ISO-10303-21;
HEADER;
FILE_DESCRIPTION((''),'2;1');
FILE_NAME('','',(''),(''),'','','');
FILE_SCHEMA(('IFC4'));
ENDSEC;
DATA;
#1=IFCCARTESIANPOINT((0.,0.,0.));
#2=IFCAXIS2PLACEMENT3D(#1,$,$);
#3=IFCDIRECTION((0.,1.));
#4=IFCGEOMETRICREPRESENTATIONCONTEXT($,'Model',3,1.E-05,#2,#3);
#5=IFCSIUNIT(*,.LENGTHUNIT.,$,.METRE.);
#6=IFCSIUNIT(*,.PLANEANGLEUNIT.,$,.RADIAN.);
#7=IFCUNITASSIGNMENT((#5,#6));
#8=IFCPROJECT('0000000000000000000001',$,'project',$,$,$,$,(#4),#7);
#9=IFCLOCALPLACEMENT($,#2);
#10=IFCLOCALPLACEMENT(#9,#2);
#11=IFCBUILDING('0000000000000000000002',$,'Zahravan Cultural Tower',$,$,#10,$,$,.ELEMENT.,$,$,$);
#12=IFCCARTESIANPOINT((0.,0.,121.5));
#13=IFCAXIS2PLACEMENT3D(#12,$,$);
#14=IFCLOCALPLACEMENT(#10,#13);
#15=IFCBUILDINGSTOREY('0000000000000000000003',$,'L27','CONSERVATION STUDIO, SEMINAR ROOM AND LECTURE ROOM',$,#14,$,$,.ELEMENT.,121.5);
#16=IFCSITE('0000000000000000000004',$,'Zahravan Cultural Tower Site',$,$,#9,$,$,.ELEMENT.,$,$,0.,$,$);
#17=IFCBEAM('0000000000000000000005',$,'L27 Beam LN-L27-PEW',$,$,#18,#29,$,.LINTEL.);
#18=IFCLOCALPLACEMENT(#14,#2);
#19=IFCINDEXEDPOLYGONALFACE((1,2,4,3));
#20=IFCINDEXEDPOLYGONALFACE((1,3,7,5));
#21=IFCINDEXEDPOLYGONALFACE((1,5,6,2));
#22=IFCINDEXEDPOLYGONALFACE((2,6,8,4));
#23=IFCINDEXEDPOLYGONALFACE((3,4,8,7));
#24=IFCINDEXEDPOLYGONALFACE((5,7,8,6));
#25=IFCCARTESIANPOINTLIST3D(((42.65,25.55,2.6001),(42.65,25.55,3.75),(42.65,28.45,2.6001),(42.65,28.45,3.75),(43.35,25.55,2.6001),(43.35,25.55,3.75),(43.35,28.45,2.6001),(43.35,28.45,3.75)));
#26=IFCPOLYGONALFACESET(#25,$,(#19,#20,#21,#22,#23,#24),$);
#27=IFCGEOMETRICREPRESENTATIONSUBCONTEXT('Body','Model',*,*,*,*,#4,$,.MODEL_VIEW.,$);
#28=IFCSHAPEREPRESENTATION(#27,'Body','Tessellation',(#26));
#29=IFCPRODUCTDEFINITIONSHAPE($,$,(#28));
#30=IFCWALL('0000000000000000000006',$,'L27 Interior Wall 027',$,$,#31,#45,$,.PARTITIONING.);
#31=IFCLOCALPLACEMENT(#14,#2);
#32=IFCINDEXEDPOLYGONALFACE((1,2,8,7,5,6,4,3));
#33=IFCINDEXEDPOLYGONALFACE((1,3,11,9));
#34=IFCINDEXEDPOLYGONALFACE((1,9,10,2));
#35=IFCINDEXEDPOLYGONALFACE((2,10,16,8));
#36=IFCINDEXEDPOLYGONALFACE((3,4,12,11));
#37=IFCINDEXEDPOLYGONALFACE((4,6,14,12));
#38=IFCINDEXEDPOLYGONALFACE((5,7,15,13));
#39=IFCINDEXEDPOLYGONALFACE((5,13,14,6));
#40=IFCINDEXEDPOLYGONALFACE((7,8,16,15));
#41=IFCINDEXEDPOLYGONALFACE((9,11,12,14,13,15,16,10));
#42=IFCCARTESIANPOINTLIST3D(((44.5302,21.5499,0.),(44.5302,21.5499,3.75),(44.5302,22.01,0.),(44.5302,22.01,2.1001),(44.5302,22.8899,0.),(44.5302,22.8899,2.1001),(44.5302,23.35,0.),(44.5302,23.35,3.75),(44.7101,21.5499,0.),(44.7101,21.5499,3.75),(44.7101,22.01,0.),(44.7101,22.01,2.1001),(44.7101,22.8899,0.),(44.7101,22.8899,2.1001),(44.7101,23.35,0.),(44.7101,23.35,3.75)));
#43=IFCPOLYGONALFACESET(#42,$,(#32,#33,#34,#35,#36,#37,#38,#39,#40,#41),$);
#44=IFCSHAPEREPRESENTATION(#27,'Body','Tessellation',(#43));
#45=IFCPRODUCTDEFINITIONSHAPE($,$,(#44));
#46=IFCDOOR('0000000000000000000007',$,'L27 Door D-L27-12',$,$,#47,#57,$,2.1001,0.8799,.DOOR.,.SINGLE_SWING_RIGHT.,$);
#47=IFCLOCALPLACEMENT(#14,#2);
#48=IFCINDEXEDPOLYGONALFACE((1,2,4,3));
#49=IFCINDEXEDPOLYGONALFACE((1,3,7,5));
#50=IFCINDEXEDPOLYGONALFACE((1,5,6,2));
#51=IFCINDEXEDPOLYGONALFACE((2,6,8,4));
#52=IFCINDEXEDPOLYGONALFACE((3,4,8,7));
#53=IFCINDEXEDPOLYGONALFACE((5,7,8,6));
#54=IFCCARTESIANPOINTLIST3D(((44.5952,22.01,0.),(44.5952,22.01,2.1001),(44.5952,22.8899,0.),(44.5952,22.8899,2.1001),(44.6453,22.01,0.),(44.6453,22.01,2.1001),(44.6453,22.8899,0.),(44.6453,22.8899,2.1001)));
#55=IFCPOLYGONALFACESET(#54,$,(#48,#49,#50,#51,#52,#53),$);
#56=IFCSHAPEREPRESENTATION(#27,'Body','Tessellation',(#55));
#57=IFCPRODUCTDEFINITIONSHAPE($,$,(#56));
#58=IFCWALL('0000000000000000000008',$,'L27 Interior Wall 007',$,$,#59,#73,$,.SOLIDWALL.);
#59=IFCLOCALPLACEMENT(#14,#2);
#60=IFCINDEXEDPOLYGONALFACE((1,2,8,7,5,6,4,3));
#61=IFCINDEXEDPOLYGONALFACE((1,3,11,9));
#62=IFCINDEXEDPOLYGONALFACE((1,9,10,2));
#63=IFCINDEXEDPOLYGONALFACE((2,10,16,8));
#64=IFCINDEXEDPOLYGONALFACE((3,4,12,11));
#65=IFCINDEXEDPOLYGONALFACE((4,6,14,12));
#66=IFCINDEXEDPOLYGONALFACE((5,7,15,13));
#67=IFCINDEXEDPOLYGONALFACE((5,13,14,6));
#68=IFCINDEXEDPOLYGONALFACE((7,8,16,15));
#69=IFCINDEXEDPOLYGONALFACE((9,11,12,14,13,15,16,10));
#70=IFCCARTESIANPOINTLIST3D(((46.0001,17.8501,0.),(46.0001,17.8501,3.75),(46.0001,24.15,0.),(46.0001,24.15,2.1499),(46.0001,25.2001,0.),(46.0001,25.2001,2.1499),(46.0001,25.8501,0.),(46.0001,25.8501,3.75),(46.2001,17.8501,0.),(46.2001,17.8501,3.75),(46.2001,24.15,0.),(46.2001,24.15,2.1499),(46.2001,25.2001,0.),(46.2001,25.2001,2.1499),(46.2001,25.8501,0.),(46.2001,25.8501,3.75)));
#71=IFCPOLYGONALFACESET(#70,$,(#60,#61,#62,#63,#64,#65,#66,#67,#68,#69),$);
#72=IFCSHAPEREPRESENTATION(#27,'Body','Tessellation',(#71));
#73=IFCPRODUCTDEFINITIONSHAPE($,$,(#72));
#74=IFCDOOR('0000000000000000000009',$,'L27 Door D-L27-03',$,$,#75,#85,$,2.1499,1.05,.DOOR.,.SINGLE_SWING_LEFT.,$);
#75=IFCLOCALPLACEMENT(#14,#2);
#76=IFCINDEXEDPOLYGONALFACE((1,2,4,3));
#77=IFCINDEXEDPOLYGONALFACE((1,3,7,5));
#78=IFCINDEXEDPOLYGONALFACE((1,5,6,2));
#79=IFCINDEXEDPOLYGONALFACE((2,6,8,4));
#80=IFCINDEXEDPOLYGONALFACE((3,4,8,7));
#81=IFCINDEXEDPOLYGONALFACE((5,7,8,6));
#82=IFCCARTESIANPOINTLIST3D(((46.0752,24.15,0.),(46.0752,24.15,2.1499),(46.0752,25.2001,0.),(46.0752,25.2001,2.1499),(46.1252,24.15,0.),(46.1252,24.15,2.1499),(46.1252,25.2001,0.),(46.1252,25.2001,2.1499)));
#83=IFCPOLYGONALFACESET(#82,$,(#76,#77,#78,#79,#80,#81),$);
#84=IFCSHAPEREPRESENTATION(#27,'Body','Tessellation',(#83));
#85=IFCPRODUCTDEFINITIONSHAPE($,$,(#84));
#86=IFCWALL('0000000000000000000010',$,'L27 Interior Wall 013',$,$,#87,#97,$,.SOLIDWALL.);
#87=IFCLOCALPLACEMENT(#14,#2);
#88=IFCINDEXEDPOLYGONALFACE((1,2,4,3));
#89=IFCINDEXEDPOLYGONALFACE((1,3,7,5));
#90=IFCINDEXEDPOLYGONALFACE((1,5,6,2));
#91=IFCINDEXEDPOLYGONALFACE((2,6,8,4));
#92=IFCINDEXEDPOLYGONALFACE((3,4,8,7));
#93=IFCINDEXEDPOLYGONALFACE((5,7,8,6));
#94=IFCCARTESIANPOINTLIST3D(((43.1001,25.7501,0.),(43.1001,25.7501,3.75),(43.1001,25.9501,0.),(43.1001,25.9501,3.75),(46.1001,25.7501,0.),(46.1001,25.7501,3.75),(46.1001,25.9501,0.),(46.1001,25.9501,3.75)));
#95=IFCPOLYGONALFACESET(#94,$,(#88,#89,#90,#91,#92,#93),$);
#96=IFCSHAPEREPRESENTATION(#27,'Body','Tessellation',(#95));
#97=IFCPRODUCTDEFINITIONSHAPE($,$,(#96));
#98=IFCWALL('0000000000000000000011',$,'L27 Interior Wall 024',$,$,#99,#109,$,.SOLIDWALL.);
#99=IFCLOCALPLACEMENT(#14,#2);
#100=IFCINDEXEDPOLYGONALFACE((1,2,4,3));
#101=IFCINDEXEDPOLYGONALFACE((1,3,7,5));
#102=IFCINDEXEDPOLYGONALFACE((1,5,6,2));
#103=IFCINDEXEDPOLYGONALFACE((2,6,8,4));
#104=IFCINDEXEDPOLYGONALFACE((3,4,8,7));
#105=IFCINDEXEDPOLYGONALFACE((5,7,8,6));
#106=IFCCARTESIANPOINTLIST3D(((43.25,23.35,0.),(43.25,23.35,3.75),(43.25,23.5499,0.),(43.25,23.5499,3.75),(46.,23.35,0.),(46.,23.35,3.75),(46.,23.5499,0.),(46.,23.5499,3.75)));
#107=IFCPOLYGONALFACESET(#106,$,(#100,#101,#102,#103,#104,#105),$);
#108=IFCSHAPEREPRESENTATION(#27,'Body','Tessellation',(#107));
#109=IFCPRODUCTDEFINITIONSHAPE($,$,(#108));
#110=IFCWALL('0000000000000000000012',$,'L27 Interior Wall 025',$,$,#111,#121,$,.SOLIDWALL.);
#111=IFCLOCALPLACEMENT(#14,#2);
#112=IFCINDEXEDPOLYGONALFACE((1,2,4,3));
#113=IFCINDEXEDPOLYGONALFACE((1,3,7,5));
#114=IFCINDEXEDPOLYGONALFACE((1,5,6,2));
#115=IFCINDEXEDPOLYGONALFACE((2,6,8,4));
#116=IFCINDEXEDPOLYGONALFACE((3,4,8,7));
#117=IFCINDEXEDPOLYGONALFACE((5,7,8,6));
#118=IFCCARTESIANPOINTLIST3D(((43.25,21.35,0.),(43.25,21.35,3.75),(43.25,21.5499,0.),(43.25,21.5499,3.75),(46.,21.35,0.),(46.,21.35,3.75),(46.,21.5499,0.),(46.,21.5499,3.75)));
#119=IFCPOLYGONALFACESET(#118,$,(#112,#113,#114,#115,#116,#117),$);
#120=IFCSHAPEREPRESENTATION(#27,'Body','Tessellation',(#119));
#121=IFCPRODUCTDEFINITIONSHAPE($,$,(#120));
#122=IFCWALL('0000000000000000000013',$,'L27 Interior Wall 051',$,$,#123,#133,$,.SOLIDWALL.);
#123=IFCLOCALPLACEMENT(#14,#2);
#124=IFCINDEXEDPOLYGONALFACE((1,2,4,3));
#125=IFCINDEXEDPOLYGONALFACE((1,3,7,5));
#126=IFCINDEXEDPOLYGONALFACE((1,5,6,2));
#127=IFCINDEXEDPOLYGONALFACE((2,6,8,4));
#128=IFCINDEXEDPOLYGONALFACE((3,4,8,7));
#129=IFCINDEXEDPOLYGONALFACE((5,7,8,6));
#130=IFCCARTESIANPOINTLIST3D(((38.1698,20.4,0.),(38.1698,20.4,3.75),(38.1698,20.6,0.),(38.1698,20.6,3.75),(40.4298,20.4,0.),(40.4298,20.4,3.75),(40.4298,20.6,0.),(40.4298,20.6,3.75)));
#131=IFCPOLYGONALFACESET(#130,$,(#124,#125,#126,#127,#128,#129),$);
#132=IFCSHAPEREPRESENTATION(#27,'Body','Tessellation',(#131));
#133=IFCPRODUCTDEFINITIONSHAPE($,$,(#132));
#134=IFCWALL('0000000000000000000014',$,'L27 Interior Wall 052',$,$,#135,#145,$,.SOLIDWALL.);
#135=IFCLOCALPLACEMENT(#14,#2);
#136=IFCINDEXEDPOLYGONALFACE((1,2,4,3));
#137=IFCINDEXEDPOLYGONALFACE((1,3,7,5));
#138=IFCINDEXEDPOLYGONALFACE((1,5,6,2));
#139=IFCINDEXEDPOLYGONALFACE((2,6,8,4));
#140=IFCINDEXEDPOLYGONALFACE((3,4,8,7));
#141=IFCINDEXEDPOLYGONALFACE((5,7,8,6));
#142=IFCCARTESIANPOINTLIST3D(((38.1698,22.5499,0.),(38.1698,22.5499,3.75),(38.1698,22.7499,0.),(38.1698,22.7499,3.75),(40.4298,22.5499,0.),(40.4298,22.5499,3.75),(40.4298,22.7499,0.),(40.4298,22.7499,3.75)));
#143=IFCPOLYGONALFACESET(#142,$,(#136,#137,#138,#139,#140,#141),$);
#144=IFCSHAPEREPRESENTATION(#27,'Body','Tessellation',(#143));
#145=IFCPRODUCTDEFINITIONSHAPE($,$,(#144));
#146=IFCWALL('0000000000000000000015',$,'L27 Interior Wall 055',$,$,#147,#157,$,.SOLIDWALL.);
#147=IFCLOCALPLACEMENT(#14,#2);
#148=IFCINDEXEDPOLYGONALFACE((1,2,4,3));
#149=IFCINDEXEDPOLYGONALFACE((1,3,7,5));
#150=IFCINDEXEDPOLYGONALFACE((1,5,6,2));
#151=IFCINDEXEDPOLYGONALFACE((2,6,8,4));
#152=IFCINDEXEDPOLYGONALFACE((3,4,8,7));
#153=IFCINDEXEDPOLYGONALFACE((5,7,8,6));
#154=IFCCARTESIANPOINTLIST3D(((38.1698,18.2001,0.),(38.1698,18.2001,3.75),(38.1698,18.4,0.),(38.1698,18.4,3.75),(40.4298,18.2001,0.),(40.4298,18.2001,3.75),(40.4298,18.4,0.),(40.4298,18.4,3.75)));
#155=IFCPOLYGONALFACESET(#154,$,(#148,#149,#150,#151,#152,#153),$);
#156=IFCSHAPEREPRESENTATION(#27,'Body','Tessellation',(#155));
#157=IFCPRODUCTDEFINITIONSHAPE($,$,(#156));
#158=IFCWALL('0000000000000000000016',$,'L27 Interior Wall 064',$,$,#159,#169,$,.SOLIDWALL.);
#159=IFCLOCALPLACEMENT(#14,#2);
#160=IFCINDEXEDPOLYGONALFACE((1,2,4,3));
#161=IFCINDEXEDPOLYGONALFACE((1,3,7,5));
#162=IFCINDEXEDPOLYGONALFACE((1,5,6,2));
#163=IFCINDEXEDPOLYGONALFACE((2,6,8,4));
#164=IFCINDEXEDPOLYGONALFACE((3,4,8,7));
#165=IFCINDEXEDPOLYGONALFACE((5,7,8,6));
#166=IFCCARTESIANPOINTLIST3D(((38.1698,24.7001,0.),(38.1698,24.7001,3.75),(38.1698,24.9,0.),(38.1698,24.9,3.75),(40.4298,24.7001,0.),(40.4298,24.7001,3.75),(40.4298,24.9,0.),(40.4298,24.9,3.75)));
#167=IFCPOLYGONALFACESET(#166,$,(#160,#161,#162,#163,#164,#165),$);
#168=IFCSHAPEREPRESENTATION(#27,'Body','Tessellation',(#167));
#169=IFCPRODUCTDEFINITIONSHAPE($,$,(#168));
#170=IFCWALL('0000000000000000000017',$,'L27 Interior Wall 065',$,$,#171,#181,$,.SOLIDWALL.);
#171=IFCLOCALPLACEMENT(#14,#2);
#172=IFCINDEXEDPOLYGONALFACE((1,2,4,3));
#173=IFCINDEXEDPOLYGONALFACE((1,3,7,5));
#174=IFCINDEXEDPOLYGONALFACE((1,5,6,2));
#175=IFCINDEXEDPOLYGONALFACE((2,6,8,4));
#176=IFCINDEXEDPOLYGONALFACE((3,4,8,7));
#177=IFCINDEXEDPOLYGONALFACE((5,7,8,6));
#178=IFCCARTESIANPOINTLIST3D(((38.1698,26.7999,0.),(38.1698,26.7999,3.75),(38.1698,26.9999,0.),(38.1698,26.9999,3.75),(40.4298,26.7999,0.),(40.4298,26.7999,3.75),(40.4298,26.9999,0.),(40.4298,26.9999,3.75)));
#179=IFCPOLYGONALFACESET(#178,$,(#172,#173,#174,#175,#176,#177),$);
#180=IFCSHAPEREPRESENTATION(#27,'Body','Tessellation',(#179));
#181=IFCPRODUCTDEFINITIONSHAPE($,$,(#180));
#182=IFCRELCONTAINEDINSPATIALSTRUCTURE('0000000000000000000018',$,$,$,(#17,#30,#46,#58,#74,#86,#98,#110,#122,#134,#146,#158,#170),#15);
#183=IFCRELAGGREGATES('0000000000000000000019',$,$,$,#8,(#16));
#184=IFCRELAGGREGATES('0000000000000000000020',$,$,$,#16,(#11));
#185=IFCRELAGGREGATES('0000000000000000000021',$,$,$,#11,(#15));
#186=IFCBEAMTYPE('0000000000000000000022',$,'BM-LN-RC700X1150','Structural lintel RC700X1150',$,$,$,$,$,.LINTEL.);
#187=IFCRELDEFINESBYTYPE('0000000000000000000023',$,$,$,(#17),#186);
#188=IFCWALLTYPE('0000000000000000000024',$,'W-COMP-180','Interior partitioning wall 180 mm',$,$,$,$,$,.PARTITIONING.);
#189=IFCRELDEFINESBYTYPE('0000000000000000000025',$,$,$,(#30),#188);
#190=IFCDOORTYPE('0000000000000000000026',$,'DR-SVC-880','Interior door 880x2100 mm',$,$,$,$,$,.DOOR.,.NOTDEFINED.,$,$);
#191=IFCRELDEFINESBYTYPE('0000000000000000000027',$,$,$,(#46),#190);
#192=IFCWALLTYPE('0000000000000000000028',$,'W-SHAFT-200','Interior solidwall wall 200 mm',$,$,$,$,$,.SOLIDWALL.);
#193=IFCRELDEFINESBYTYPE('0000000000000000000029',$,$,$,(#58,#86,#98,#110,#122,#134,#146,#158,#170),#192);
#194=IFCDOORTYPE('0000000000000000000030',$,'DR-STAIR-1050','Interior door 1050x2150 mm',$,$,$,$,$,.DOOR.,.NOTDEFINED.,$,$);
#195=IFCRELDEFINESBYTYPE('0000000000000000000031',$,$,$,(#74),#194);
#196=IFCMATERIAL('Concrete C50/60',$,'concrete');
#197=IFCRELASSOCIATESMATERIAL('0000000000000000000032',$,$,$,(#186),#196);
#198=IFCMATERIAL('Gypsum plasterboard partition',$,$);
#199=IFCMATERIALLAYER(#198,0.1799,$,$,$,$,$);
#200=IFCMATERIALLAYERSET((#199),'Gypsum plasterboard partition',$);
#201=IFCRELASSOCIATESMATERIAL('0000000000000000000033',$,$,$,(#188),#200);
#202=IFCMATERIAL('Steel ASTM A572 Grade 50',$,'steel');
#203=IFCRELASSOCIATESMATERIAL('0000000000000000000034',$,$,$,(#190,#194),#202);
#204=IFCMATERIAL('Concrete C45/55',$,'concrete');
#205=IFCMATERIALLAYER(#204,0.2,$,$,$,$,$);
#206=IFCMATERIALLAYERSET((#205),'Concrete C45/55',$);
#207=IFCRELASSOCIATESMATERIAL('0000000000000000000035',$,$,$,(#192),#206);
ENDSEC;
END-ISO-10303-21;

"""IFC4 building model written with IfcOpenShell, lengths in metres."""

from ifc_helpers import new_model, si_unit, direction, frame, frame_2d, origin, origin_2d, place, context, subcontext, project, spatial, rectangle, extrude, source, transform, mapped, material, layer, layer_set, material_profile, profile_set, type_object, element, fill, save


model = new_model("IFC4")

# Units and contexts
model_context = context("Model", 3, precision=1e-05, world=origin(), true_north=direction((0.0, 1.0)))
body_context = subcontext(model_context, "Body", "Model", "MODEL_VIEW")
ifc_project = project(units=[si_unit("LENGTHUNIT", "METRE"), si_unit("PLANEANGLEUNIT", "RADIAN")], contexts=[model_context])

# Site, building, storey
site_placement = place(None, origin())
site = spatial("IfcSite", under=ifc_project, at=site_placement, Name="Zahravan Cultural Tower Site", CompositionType="ELEMENT", RefElevation=0.0)
building_placement = place(site_placement, origin())
building = spatial("IfcBuilding", under=site, at=building_placement, Name="Zahravan Cultural Tower", CompositionType="ELEMENT")
storey_placement = place(building_placement, frame((0.0, 0.0, 121.5)))
storey = spatial("IfcBuildingStorey", under=building, at=storey_placement, Name="L27", Description="CONSERVATION STUDIO, SEMINAR ROOM AND LECTURE ROOM", CompositionType="ELEMENT", Elevation=121.5)

# Beam
ifc_material_1 = material(Name="Concrete C50/60", Category="concrete")
ifc_material_profile = material_profile(ifc_material_1, rectangle(XDim=0.7, YDim=1.1499, at=origin_2d()), Name="RC700X1150")
ifc_profile_set = profile_set([ifc_material_profile], Name="Concrete C50/60")
beam_type = type_object("IfcBeamType", Name="BM-LN-RC700X1150", Description="Structural lintel RC700X1150", PredefinedType="LINTEL", material=ifc_profile_set)
shared_shape_1 = source(origin(), body_context, "Body", "SweptSolid", [
    extrude(rectangle(XDim=0.7, YDim=1.1499, at=origin_2d()), origin(), (0.0, 0.0, 1.0), 2.8999),
])
beam_placement = place(storey_placement, frame((43.0, 25.55, 3.175), z_axis=(0.0, 1.0, 0.0), x_axis=(-1.0, 0.0, 0.0)))
element("IfcBeam", 1, at=beam_placement, inside=storey, type_object=beam_type, Name="L27 Beam LN-L27-PEW", PredefinedType="LINTEL", context=body_context, shape_type="MappedRepresentation", body=[
    mapped(shared_shape_1, transform((0.0, 0.0, 0.0), x_axis=(1.0, 0.0, 0.0), y_axis=(0.0, 1.0, 0.0), z_axis=(0.0, 0.0, 1.0), scale=1.0)),
])

# Walls, openings, doors
ifc_material_2 = material(Name="Gypsum plasterboard partition")
ifc_layer_1 = layer(ifc_material_2, 0.1799)
ifc_layer_set_1 = layer_set([ifc_layer_1], Name="Gypsum plasterboard partition")
wall_type_1 = type_object("IfcWallType", Name="W-COMP-180", Description="Interior partitioning wall 180 mm", PredefinedType="PARTITIONING", material=ifc_layer_set_1)
wall_1_placement = place(storey_placement, frame((44.6201, 21.55, 0.0), z_axis=(0.0, 0.0, 1.0), x_axis=(0.0, 1.0, 0.0)))
wall_1 = element("IfcWall", 2, at=wall_1_placement, inside=storey, type_object=wall_type_1, Name="L27 Interior Wall 027", PredefinedType="PARTITIONING", context=body_context, shape_type="SweptSolid", body=[
    extrude(rectangle(XDim=1.8, YDim=0.1799, at=frame_2d((0.8999, 0.0))), origin(), (0.0, 0.0, 1.0), 3.75),
])
opening_1_placement = place(wall_1_placement, frame((0.46, 0.0, 0.0)))
opening_1 = element("IfcOpeningElement", 3, at=opening_1_placement, cuts=wall_1, PredefinedType="OPENING", context=body_context, shape_type="SweptSolid", body=[
    extrude(rectangle(XDim=0.8799, YDim=2.1001, at=frame_2d((0.4399, 1.05))), frame((0.0, 0.0999, 0.0), z_axis=(0.0, -1.0, 0.0), x_axis=(1.0, 0.0, 0.0)), (0.0, 0.0, 1.0), 0.2),
])
ifc_material_3 = material(Name="Steel ASTM A572 Grade 50", Category="steel")
door_type_1 = type_object("IfcDoorType", Name="DR-SVC-880", Description="Interior door 880x2100 mm", OperationType="NOTDEFINED", PredefinedType="DOOR", material=ifc_material_3)
shared_shape_2 = source(origin(), body_context, "Body", "SweptSolid", [
    extrude(rectangle(XDim=0.8799, YDim=2.1001, at=frame_2d((0.4399, 1.05))), frame((0.0, 0.0249, 0.0), z_axis=(0.0, -1.0, 0.0), x_axis=(1.0, 0.0, 0.0)), (0.0, 0.0, 1.0), 0.05),
])
door_1_placement = place(opening_1_placement, origin())
door_1 = element("IfcDoor", 4, at=door_1_placement, inside=storey, type_object=door_type_1, Name="L27 Door D-L27-12", OperationType="SINGLE_SWING_RIGHT", OverallHeight=2.1001, OverallWidth=0.8799, PredefinedType="DOOR", context=body_context, shape_type="MappedRepresentation", body=[
    mapped(shared_shape_2, transform((0.0, 0.0, 0.0), x_axis=(1.0, 0.0, 0.0), y_axis=(0.0, 1.0, 0.0), z_axis=(0.0, 0.0, 1.0), scale=1.0)),
])
fill(opening_1, door_1)
ifc_material_4 = material(Name="Concrete C45/55", Category="concrete")
ifc_layer_2 = layer(ifc_material_4, 0.2)
ifc_layer_set_2 = layer_set([ifc_layer_2], Name="Concrete C45/55")
wall_type_2 = type_object("IfcWallType", Name="W-SHAFT-200", Description="Interior solidwall wall 200 mm", PredefinedType="SOLIDWALL", material=ifc_layer_set_2)
wall_2_placement = place(storey_placement, frame((46.1001, 17.8501, 0.0), z_axis=(0.0, 0.0, 1.0), x_axis=(0.0, 1.0, 0.0)))
wall_2 = element("IfcWall", 5, at=wall_2_placement, inside=storey, type_object=wall_type_2, Name="L27 Interior Wall 007", PredefinedType="SOLIDWALL", context=body_context, shape_type="SweptSolid", body=[
    extrude(rectangle(XDim=8.0, YDim=0.2, at=frame_2d((4.0, 0.0))), origin(), (0.0, 0.0, 1.0), 3.75),
])
opening_2_placement = place(wall_2_placement, frame((6.3, 0.0, 0.0)))
opening_2 = element("IfcOpeningElement", 6, at=opening_2_placement, cuts=wall_2, PredefinedType="OPENING", context=body_context, shape_type="SweptSolid", body=[
    extrude(rectangle(XDim=1.05, YDim=2.1499, at=frame_2d((0.5249, 1.075))), frame((0.0, 0.1099, 0.0), z_axis=(0.0, -1.0, 0.0), x_axis=(1.0, 0.0, 0.0)), (0.0, 0.0, 1.0), 0.22),
])
door_type_2 = type_object("IfcDoorType", Name="DR-STAIR-1050", Description="Interior door 1050x2150 mm", OperationType="NOTDEFINED", PredefinedType="DOOR", material=ifc_material_3)
shared_shape_3 = source(origin(), body_context, "Body", "SweptSolid", [
    extrude(rectangle(XDim=1.05, YDim=2.1499, at=frame_2d((0.5249, 1.075))), frame((0.0, 0.0249, 0.0), z_axis=(0.0, -1.0, 0.0), x_axis=(1.0, 0.0, 0.0)), (0.0, 0.0, 1.0), 0.05),
])
door_2_placement = place(opening_2_placement, origin())
door_2 = element("IfcDoor", 7, at=door_2_placement, inside=storey, type_object=door_type_2, Name="L27 Door D-L27-03", OperationType="SINGLE_SWING_LEFT", OverallHeight=2.1499, OverallWidth=1.05, PredefinedType="DOOR", context=body_context, shape_type="MappedRepresentation", body=[
    mapped(shared_shape_3, transform((0.0, 0.0, 0.0), x_axis=(1.0, 0.0, 0.0), y_axis=(0.0, 1.0, 0.0), z_axis=(0.0, 0.0, 1.0), scale=1.0)),
])
fill(opening_2, door_2)

# Walls
shared_shape_4 = source(origin(), body_context, "Body", "SweptSolid", [
    extrude(rectangle(XDim=3.0, YDim=0.2, at=frame_2d((1.5, 0.0))), origin(), (0.0, 0.0, 1.0), 3.75),
])
wall_3_placement = place(storey_placement, frame((43.1001, 25.8501, 0.0), z_axis=(0.0, 0.0, 1.0), x_axis=(1.0, 0.0, 0.0)))
element("IfcWall", 8, at=wall_3_placement, inside=storey, type_object=wall_type_2, Name="L27 Interior Wall 013", PredefinedType="SOLIDWALL", context=body_context, shape_type="MappedRepresentation", body=[
    mapped(shared_shape_4, transform((0.0, 0.0, 0.0), x_axis=(1.0, 0.0, 0.0), y_axis=(0.0, 1.0, 0.0), z_axis=(0.0, 0.0, 1.0), scale=1.0)),
])
shared_shape_5 = source(origin(), body_context, "Body", "SweptSolid", [
    extrude(rectangle(XDim=2.75, YDim=0.2, at=frame_2d((1.375, 0.0))), origin(), (0.0, 0.0, 1.0), 3.75),
])
for number, where, z_axis, x_axis, name in (
    (9, (43.25, 23.45, 0.0), (0.0, 0.0, 1.0), (1.0, 0.0, 0.0), "L27 Interior Wall 024"),
    (10, (43.25, 21.45, 0.0), (0.0, 0.0, 1.0), (1.0, 0.0, 0.0), "L27 Interior Wall 025"),
):
    element("IfcWall", number, at=place(storey_placement, frame(where, z_axis=z_axis, x_axis=x_axis)), inside=storey, type_object=wall_type_2, Name=name, PredefinedType="SOLIDWALL", context=body_context, shape_type="MappedRepresentation", body=[
        mapped(shared_shape_5, transform((0.0, 0.0, 0.0), x_axis=(1.0, 0.0, 0.0), y_axis=(0.0, 1.0, 0.0), z_axis=(0.0, 0.0, 1.0), scale=1.0)),
    ])
shared_shape_6 = source(origin(), body_context, "Body", "SweptSolid", [
    extrude(rectangle(XDim=2.26, YDim=0.2, at=frame_2d((1.1299, 0.0))), origin(), (0.0, 0.0, 1.0), 3.75),
])
for number, where, z_axis, x_axis, name in (
    (11, (38.1699, 20.5, 0.0), (0.0, 0.0, 1.0), (1.0, 0.0, 0.0), "L27 Interior Wall 051"),
    (12, (38.1699, 22.6499, 0.0), (0.0, 0.0, 1.0), (1.0, 0.0, 0.0), "L27 Interior Wall 052"),
    (13, (38.1699, 18.3, 0.0), (0.0, 0.0, 1.0), (1.0, 0.0, 0.0), "L27 Interior Wall 055"),
    (14, (38.1699, 24.8, 0.0), (0.0, 0.0, 1.0), (1.0, 0.0, 0.0), "L27 Interior Wall 064"),
    (15, (38.1699, 26.8999, 0.0), (0.0, 0.0, 1.0), (1.0, 0.0, 0.0), "L27 Interior Wall 065"),
):
    element("IfcWall", number, at=place(storey_placement, frame(where, z_axis=z_axis, x_axis=x_axis)), inside=storey, type_object=wall_type_2, Name=name, PredefinedType="SOLIDWALL", context=body_context, shape_type="MappedRepresentation", body=[
        mapped(shared_shape_6, transform((0.0, 0.0, 0.0), x_axis=(1.0, 0.0, 0.0), y_axis=(0.0, 1.0, 0.0), z_axis=(0.0, 0.0, 1.0), scale=1.0)),
    ])

save(model, "model.ifc")
